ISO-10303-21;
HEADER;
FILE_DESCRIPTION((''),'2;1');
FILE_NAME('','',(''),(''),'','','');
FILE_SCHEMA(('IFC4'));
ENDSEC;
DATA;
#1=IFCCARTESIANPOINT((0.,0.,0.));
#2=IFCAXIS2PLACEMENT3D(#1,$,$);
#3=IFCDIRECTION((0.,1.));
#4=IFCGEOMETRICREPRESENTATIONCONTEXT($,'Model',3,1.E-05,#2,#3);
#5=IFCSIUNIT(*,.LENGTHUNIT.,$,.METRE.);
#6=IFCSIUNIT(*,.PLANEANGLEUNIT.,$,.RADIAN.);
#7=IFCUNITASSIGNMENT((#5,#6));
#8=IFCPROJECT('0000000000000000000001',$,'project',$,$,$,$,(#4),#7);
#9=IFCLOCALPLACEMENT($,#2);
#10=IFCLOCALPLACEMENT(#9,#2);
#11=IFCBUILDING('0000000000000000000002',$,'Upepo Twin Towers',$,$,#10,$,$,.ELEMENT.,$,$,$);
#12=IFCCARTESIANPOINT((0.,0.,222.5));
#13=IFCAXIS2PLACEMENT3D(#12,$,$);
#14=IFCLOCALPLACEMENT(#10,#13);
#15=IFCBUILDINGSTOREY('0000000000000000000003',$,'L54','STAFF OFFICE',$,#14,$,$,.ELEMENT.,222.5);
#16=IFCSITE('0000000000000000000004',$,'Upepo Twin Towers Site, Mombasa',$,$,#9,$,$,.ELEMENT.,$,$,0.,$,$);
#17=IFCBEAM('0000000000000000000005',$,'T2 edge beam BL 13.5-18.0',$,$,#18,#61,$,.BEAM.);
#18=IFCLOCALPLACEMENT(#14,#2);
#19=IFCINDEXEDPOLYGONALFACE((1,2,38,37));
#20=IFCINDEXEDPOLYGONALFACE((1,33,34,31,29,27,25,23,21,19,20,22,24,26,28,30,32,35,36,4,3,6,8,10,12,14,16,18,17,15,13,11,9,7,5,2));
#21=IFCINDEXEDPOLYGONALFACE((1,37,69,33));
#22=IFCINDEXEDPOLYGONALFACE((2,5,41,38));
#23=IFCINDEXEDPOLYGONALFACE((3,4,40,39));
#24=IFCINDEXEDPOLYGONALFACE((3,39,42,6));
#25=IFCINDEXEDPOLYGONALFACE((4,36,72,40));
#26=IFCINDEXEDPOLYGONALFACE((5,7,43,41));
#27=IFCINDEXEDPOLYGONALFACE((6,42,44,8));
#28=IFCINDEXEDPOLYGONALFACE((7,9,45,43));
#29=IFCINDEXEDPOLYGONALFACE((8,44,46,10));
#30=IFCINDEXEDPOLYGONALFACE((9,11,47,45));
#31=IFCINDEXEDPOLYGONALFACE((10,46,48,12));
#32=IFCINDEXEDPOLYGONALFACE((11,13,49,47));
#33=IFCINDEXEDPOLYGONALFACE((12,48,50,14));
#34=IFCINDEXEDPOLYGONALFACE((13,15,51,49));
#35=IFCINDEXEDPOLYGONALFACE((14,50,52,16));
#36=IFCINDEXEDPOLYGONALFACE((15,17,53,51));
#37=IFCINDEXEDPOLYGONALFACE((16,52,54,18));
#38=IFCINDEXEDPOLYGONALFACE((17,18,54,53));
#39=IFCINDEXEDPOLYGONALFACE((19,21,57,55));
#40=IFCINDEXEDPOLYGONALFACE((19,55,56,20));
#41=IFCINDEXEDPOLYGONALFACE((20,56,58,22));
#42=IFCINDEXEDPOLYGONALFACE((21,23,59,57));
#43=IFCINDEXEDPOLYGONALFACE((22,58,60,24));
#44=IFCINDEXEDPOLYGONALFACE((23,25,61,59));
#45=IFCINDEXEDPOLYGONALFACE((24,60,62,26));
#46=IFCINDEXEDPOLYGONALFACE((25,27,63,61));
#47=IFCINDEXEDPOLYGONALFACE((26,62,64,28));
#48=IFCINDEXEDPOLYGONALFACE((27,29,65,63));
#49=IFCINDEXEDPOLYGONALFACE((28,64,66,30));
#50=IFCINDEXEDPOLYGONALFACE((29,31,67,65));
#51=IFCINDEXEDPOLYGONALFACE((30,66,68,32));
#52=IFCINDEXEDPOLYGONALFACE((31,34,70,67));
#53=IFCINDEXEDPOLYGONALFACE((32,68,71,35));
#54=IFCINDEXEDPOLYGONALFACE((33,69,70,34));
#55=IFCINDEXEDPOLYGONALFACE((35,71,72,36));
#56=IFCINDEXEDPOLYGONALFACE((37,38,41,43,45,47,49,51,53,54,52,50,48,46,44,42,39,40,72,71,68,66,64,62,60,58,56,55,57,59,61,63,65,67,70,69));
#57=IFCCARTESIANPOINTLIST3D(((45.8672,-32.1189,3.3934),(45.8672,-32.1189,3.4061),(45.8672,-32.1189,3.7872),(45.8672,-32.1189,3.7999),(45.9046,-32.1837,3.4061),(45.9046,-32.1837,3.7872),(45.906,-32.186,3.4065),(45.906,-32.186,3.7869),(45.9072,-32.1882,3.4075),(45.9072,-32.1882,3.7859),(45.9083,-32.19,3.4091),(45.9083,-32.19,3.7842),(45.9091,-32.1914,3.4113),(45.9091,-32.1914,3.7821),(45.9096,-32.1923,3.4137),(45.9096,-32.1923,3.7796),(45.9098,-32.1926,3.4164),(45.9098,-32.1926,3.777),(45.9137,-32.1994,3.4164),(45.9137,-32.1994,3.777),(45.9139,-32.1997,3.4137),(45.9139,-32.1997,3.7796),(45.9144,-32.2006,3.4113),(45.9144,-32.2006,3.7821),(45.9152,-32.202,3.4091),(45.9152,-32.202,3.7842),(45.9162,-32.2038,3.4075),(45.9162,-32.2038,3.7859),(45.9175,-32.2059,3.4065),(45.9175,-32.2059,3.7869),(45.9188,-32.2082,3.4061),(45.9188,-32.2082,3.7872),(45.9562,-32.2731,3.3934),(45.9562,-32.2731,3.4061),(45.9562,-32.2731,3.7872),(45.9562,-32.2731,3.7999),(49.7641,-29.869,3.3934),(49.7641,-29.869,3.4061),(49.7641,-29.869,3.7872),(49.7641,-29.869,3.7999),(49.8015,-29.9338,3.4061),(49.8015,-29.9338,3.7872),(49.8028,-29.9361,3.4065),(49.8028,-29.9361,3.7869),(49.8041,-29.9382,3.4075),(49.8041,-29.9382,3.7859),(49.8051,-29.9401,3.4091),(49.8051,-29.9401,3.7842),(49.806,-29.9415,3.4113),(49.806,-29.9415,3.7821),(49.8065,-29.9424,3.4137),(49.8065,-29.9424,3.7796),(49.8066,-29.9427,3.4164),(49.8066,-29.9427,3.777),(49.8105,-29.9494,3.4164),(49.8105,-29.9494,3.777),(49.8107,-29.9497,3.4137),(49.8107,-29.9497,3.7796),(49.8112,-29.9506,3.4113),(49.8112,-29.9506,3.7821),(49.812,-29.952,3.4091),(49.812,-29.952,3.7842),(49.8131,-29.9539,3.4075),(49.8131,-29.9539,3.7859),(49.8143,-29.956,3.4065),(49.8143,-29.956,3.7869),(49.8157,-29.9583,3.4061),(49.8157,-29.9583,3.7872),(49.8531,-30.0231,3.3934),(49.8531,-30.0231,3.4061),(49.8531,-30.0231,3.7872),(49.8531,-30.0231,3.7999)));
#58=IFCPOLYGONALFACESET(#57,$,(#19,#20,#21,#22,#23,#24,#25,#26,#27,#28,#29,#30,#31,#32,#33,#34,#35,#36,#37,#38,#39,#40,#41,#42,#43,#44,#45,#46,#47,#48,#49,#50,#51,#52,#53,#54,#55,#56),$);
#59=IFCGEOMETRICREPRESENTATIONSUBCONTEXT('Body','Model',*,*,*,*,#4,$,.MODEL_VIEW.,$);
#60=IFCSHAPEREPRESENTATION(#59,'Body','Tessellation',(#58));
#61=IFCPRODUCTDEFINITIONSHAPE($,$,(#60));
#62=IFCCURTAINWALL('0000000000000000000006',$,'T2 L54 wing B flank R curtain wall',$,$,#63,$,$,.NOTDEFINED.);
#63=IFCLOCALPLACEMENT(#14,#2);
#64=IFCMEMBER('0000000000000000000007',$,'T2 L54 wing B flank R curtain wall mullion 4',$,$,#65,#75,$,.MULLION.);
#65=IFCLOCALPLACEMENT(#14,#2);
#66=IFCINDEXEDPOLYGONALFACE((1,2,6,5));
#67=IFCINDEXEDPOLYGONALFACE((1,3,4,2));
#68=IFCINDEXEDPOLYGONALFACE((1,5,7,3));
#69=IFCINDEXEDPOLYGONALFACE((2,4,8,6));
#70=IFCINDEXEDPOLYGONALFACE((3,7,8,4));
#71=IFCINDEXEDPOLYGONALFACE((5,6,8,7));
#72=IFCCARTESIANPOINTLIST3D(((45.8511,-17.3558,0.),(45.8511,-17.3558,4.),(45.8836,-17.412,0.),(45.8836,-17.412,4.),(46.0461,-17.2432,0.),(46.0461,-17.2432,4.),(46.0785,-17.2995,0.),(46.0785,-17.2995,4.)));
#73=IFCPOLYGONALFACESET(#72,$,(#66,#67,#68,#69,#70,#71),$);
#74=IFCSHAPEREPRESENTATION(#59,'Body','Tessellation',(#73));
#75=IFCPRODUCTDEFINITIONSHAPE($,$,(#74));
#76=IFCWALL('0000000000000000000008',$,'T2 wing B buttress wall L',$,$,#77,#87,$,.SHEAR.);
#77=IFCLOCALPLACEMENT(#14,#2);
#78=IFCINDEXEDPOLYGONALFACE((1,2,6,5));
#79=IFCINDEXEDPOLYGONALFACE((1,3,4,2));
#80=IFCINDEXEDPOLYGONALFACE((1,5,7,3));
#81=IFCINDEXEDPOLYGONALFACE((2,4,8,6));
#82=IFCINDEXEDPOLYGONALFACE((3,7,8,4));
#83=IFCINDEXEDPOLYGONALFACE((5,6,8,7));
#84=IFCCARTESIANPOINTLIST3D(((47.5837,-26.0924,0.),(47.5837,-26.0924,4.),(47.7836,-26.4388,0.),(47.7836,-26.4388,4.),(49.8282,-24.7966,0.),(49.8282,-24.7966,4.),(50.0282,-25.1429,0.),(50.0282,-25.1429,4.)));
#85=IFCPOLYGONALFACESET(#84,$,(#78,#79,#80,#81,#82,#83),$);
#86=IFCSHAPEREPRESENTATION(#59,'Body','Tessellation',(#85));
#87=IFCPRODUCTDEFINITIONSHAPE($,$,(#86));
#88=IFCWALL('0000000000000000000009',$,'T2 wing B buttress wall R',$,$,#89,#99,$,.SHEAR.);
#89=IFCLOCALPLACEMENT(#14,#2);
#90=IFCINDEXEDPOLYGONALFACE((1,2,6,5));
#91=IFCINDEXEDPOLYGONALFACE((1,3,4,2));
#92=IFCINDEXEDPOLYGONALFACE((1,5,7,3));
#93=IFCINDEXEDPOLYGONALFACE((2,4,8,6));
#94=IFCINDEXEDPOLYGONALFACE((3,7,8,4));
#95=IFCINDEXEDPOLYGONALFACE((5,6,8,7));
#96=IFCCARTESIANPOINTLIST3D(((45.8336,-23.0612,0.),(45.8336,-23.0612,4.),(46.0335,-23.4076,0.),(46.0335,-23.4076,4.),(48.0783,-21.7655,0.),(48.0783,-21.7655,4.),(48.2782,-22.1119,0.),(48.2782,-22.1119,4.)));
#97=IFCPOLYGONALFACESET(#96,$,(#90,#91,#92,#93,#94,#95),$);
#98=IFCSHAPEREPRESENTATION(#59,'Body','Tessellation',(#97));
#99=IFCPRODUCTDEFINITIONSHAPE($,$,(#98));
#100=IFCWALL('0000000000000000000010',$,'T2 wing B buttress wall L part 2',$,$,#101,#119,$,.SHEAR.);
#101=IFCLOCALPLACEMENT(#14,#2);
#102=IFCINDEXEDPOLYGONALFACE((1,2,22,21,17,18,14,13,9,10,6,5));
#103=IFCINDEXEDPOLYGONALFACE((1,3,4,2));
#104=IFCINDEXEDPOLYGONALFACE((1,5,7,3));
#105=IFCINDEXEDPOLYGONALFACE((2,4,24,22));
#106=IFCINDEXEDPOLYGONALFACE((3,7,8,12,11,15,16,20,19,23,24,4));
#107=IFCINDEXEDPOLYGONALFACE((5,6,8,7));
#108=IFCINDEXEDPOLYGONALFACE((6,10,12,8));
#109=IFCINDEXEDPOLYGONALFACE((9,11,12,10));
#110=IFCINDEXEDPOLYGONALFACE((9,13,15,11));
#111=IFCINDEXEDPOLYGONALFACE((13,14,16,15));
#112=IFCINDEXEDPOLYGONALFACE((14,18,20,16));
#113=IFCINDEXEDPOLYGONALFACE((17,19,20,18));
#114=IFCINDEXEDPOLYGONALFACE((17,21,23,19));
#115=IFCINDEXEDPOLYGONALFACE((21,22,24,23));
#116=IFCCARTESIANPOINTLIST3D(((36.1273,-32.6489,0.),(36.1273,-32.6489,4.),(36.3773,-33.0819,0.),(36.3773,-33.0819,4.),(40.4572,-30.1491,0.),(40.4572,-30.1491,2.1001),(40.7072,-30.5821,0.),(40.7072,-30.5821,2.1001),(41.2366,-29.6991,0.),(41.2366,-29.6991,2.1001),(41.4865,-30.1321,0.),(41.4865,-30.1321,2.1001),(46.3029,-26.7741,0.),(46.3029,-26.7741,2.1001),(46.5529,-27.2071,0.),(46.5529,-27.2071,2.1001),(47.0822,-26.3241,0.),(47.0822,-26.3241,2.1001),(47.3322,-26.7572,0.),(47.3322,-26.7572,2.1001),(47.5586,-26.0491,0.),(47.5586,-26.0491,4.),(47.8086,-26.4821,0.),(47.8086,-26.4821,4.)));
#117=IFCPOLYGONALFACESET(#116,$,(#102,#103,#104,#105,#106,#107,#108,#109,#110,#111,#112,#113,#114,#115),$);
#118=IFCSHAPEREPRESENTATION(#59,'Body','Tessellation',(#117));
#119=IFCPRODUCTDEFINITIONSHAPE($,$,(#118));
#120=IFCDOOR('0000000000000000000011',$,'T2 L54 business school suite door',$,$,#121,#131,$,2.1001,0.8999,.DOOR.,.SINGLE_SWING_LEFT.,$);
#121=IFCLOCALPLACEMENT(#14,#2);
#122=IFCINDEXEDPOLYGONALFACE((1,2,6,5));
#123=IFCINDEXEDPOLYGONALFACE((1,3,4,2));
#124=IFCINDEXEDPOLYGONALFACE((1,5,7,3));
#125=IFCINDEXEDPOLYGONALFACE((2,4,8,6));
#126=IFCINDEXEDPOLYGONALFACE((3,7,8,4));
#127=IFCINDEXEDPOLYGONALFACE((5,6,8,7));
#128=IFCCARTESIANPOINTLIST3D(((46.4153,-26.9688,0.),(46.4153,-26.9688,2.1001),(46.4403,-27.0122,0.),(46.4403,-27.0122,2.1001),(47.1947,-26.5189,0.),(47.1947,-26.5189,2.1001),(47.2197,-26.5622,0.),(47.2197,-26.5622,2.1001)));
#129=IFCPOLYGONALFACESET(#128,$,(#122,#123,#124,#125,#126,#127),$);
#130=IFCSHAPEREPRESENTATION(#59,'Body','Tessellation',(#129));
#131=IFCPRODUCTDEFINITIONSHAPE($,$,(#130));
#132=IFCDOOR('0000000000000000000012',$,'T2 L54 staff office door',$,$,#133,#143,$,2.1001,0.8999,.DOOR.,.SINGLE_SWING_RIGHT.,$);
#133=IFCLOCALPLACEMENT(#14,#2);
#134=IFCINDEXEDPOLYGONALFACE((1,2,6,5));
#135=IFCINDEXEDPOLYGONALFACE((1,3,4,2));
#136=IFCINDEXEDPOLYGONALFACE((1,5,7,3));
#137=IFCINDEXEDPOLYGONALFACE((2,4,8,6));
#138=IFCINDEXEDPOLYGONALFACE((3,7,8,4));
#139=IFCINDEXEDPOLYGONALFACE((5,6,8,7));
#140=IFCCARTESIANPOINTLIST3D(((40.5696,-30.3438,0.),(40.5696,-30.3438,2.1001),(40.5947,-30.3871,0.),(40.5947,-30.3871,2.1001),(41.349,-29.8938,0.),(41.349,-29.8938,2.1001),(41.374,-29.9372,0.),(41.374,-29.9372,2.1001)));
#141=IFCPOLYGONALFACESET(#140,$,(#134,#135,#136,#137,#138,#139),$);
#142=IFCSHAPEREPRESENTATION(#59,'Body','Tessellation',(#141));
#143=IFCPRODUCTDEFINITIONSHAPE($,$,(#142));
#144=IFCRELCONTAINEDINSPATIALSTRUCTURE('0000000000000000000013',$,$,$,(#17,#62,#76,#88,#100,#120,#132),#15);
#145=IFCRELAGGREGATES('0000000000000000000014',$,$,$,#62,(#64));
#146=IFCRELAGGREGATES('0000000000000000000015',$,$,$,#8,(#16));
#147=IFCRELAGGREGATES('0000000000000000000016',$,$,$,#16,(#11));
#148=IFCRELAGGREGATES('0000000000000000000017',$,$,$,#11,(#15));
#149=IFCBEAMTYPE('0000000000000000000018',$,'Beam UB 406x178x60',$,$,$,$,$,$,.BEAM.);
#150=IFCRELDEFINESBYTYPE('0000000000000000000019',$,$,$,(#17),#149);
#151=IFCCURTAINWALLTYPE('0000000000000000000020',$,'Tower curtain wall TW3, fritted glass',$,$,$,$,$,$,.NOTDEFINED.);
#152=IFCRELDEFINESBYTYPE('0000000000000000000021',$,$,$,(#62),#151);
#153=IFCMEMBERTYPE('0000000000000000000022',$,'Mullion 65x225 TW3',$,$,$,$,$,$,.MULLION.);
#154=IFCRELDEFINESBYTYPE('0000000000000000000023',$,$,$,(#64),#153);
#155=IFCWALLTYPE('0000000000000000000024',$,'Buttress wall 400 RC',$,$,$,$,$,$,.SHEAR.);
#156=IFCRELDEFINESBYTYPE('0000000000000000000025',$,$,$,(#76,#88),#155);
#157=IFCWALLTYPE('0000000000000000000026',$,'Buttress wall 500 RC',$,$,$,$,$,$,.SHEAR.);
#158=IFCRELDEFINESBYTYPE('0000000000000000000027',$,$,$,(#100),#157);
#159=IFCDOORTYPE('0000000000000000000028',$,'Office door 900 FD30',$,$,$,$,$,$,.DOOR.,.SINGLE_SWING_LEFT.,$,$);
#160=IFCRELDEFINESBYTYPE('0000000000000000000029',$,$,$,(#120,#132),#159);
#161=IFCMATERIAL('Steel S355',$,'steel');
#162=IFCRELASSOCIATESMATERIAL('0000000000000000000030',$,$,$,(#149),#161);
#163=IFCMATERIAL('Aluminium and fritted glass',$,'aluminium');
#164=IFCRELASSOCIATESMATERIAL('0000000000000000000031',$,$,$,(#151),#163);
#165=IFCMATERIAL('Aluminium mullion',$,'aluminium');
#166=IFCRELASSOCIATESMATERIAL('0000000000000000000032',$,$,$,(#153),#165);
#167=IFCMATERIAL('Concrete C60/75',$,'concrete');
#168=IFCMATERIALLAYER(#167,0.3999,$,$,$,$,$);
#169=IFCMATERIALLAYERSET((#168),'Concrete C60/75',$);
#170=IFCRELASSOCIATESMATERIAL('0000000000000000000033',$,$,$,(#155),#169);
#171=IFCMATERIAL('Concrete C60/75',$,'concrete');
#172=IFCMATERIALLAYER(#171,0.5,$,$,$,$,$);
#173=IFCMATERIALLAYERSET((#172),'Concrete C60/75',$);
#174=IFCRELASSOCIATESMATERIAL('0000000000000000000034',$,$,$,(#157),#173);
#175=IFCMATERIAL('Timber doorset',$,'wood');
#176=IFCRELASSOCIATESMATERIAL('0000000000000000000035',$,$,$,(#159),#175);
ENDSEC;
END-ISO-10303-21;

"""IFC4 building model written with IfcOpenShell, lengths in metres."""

from ifc_helpers import new_model, si_unit, direction, frame, frame_2d, origin, origin_2d, place, context, subcontext, project, spatial, rectangle, i_section, extrude, material, layer, layer_set, material_profile, profile_set, type_object, element, fill, aggregate, save


model = new_model("IFC4")

# Units and contexts
model_context = context("Model", 3, precision=1e-05, world=origin(), true_north=direction((0.0, 1.0)))
body_context = subcontext(model_context, "Body", "Model", "MODEL_VIEW")
ifc_project = project(units=[si_unit("LENGTHUNIT", "METRE"), si_unit("PLANEANGLEUNIT", "RADIAN")], contexts=[model_context])

# Site, building, storey
site_placement = place(None, origin())
site = spatial("IfcSite", under=ifc_project, at=site_placement, Name="Upepo Twin Towers Site, Mombasa", CompositionType="ELEMENT", RefElevation=0.0)
building_placement = place(site_placement, origin())
building = spatial("IfcBuilding", under=site, at=building_placement, Name="Upepo Twin Towers", CompositionType="ELEMENT")
storey_placement = place(building_placement, frame((0.0, 0.0, 222.5)))
storey = spatial("IfcBuildingStorey", under=building, at=storey_placement, Name="L54", Description="STAFF OFFICE", CompositionType="ELEMENT", Elevation=222.5)

# Beam
ifc_material_1 = material(Name="Steel S355", Category="steel")
ifc_material_profile_1 = material_profile(ifc_material_1, i_section(OverallWidth=0.178, OverallDepth=0.4065, WebThickness=0.0078, FlangeThickness=0.0127, FilletRadius=0.0103, at=origin_2d()), Name="UB 406x178x60")
ifc_profile_set_1 = profile_set([ifc_material_profile_1], Name="Steel S355")
beam_type = type_object("IfcBeamType", Name="Beam UB 406x178x60", PredefinedType="BEAM", material=ifc_profile_set_1)
beam_placement = place(storey_placement, frame((49.8086, -29.946, 3.5967), z_axis=(-0.866018, -0.500014, 0.0), x_axis=(0.500014, -0.866018, 0.0)))
element("IfcBeam", 1, at=beam_placement, inside=storey, type_object=beam_type, Name="T2 edge beam BL 13.5-18.0", PredefinedType="BEAM", context=body_context, shape_type="SweptSolid", body=[
    extrude(i_section(OverallWidth=0.178, OverallDepth=0.4065, WebThickness=0.0078, FlangeThickness=0.0127, FilletRadius=0.0103, at=origin_2d()), origin(), (0.0, 0.0, 1.0), 4.4998),
])

# Curtain wall, member
ifc_material_2 = material(Name="Aluminium and fritted glass", Category="aluminium")
curtain_wall_type = type_object("IfcCurtainWallType", Name="Tower curtain wall TW3, fritted glass", PredefinedType="NOTDEFINED", material=ifc_material_2)
curtain_wall_placement = place(storey_placement, origin())
curtain_wall = element("IfcCurtainWall", 2, at=curtain_wall_placement, inside=storey, type_object=curtain_wall_type, Name="T2 L54 wing B flank R curtain wall", PredefinedType="NOTDEFINED")
ifc_material_3 = material(Name="Aluminium mullion", Category="aluminium")
ifc_material_profile_2 = material_profile(ifc_material_3, rectangle(XDim=0.0649, YDim=0.2251, at=origin_2d()), Name="MULLION 65x225")
ifc_profile_set_2 = profile_set([ifc_material_profile_2], Name="Aluminium mullion")
member_type = type_object("IfcMemberType", Name="Mullion 65x225 TW3", PredefinedType="MULLION", material=ifc_profile_set_2)
member_placement = place(storey_placement, frame((45.9648, -17.3276, 0.0), z_axis=(0.0, 0.0, 1.0), x_axis=(-0.5, 0.866025, 0.0)))
member = element("IfcMember", 3, at=member_placement, type_object=member_type, Name="T2 L54 wing B flank R curtain wall mullion 4", PredefinedType="MULLION", context=body_context, shape_type="SweptSolid", body=[
    extrude(rectangle(XDim=0.0649, YDim=0.2251, at=origin_2d()), origin(), (0.0, 0.0, 1.0), 4.0),
])
aggregate(curtain_wall, [member])

# Walls
ifc_material_4 = material(Name="Concrete C60/75", Category="concrete")
ifc_layer_1 = layer(ifc_material_4, 0.3999)
ifc_layer_set_1 = layer_set([ifc_layer_1], Name="Concrete C60/75")
wall_type_1 = type_object("IfcWallType", Name="Buttress wall 400 RC", PredefinedType="SHEAR", material=ifc_layer_set_1)
for number, where, z_axis, x_axis, name in (
    (4, (49.9282, -24.9697, 0.0), (0.0, 0.0, 1.0), (-0.866032, -0.499989, 0.0), "T2 wing B buttress wall L"),
    (5, (48.1782, -21.9387, 0.0), (0.0, 0.0, 1.0), (-0.866073, -0.499918, 0.0), "T2 wing B buttress wall R"),
):
    element("IfcWall", number, at=place(storey_placement, frame(where, z_axis=z_axis, x_axis=x_axis)), inside=storey, type_object=wall_type_1, Name=name, PredefinedType="SHEAR", context=body_context, shape_type="SweptSolid", body=[
        extrude(rectangle(XDim=2.5918, YDim=0.3999, at=frame_2d((1.2959, 0.0))), origin(), (0.0, 0.0, 1.0), 4.0),
    ])

# Wall, openings, doors
ifc_material_5 = material(Name="Concrete C60/75", Category="concrete")
ifc_layer_2 = layer(ifc_material_5, 0.5)
ifc_layer_set_2 = layer_set([ifc_layer_2], Name="Concrete C60/75")
wall_type_2 = type_object("IfcWallType", Name="Buttress wall 500 RC", PredefinedType="SHEAR", material=ifc_layer_set_2)
wall_1_placement = place(storey_placement, frame((47.6836, -26.2656, 0.0), z_axis=(0.0, 0.0, 1.0), x_axis=(-0.866028, -0.499996, 0.0)))
wall_1 = element("IfcWall", 6, at=wall_1_placement, inside=storey, type_object=wall_type_2, Name="T2 wing B buttress wall L part 2", PredefinedType="SHEAR", context=body_context, shape_type="SweptSolid", body=[
    extrude(rectangle(XDim=13.1997, YDim=0.5, at=frame_2d((6.5999, 0.0))), origin(), (0.0, 0.0, 1.0), 4.0),
])
opening_1_placement = place(wall_1_placement, frame((0.55, 0.0, 0.0)))
opening_1 = element("IfcOpeningElement", 7, at=opening_1_placement, cuts=wall_1, PredefinedType="OPENING", context=body_context, shape_type="SweptSolid", body=[
    extrude(rectangle(XDim=0.8999, YDim=2.1001, at=frame_2d((0.45, 1.05))), frame((0.0, 0.26, 0.0), z_axis=(0.0, -1.0, 0.0), x_axis=(1.0, 0.0, 0.0)), (0.0, 0.0, 1.0), 0.52),
])
opening_2_placement = place(wall_1_placement, frame((7.3, 0.0, 0.0)))
opening_2 = element("IfcOpeningElement", 8, at=opening_2_placement, cuts=wall_1, PredefinedType="OPENING", context=body_context, shape_type="SweptSolid", body=[
    extrude(rectangle(XDim=0.8999, YDim=2.1001, at=frame_2d((0.45, 1.05))), frame((0.0, 0.26, 0.0), z_axis=(0.0, -1.0, 0.0), x_axis=(1.0, 0.0, 0.0)), (0.0, 0.0, 1.0), 0.52),
])
ifc_material_6 = material(Name="Timber doorset", Category="wood")
door_type_1 = type_object("IfcDoorType", Name="Office door 900 FD30", OperationType="SINGLE_SWING_LEFT", PredefinedType="DOOR", material=ifc_material_6)
door_1_placement = place(opening_1_placement, origin())
door_1 = element("IfcDoor", 9, at=door_1_placement, inside=storey, type_object=door_type_1, Name="T2 L54 business school suite door", OperationType="SINGLE_SWING_LEFT", OverallHeight=2.1001, OverallWidth=0.8999, PredefinedType="DOOR", context=body_context, shape_type="SweptSolid", body=[
    extrude(rectangle(XDim=0.8999, YDim=2.1001, at=frame_2d((0.45, 1.05))), frame((0.0, 0.0249, 0.0), z_axis=(0.0, -1.0, 0.0), x_axis=(1.0, 0.0, 0.0)), (0.0, 0.0, 1.0), 0.05),
])
fill(opening_1, door_1)
door_2_placement = place(opening_2_placement, origin())
door_2 = element("IfcDoor", 10, at=door_2_placement, inside=storey, type_object=door_type_1, Name="T2 L54 staff office door", OperationType="SINGLE_SWING_RIGHT", OverallHeight=2.1001, OverallWidth=0.8999, PredefinedType="DOOR", context=body_context, shape_type="SweptSolid", body=[
    extrude(rectangle(XDim=0.8999, YDim=2.1001, at=frame_2d((0.45, 1.05))), frame((0.0, 0.0249, 0.0), z_axis=(0.0, -1.0, 0.0), x_axis=(1.0, 0.0, 0.0)), (0.0, 0.0, 1.0), 0.05),
])
fill(opening_2, door_2)

save(model, "model.ifc")
